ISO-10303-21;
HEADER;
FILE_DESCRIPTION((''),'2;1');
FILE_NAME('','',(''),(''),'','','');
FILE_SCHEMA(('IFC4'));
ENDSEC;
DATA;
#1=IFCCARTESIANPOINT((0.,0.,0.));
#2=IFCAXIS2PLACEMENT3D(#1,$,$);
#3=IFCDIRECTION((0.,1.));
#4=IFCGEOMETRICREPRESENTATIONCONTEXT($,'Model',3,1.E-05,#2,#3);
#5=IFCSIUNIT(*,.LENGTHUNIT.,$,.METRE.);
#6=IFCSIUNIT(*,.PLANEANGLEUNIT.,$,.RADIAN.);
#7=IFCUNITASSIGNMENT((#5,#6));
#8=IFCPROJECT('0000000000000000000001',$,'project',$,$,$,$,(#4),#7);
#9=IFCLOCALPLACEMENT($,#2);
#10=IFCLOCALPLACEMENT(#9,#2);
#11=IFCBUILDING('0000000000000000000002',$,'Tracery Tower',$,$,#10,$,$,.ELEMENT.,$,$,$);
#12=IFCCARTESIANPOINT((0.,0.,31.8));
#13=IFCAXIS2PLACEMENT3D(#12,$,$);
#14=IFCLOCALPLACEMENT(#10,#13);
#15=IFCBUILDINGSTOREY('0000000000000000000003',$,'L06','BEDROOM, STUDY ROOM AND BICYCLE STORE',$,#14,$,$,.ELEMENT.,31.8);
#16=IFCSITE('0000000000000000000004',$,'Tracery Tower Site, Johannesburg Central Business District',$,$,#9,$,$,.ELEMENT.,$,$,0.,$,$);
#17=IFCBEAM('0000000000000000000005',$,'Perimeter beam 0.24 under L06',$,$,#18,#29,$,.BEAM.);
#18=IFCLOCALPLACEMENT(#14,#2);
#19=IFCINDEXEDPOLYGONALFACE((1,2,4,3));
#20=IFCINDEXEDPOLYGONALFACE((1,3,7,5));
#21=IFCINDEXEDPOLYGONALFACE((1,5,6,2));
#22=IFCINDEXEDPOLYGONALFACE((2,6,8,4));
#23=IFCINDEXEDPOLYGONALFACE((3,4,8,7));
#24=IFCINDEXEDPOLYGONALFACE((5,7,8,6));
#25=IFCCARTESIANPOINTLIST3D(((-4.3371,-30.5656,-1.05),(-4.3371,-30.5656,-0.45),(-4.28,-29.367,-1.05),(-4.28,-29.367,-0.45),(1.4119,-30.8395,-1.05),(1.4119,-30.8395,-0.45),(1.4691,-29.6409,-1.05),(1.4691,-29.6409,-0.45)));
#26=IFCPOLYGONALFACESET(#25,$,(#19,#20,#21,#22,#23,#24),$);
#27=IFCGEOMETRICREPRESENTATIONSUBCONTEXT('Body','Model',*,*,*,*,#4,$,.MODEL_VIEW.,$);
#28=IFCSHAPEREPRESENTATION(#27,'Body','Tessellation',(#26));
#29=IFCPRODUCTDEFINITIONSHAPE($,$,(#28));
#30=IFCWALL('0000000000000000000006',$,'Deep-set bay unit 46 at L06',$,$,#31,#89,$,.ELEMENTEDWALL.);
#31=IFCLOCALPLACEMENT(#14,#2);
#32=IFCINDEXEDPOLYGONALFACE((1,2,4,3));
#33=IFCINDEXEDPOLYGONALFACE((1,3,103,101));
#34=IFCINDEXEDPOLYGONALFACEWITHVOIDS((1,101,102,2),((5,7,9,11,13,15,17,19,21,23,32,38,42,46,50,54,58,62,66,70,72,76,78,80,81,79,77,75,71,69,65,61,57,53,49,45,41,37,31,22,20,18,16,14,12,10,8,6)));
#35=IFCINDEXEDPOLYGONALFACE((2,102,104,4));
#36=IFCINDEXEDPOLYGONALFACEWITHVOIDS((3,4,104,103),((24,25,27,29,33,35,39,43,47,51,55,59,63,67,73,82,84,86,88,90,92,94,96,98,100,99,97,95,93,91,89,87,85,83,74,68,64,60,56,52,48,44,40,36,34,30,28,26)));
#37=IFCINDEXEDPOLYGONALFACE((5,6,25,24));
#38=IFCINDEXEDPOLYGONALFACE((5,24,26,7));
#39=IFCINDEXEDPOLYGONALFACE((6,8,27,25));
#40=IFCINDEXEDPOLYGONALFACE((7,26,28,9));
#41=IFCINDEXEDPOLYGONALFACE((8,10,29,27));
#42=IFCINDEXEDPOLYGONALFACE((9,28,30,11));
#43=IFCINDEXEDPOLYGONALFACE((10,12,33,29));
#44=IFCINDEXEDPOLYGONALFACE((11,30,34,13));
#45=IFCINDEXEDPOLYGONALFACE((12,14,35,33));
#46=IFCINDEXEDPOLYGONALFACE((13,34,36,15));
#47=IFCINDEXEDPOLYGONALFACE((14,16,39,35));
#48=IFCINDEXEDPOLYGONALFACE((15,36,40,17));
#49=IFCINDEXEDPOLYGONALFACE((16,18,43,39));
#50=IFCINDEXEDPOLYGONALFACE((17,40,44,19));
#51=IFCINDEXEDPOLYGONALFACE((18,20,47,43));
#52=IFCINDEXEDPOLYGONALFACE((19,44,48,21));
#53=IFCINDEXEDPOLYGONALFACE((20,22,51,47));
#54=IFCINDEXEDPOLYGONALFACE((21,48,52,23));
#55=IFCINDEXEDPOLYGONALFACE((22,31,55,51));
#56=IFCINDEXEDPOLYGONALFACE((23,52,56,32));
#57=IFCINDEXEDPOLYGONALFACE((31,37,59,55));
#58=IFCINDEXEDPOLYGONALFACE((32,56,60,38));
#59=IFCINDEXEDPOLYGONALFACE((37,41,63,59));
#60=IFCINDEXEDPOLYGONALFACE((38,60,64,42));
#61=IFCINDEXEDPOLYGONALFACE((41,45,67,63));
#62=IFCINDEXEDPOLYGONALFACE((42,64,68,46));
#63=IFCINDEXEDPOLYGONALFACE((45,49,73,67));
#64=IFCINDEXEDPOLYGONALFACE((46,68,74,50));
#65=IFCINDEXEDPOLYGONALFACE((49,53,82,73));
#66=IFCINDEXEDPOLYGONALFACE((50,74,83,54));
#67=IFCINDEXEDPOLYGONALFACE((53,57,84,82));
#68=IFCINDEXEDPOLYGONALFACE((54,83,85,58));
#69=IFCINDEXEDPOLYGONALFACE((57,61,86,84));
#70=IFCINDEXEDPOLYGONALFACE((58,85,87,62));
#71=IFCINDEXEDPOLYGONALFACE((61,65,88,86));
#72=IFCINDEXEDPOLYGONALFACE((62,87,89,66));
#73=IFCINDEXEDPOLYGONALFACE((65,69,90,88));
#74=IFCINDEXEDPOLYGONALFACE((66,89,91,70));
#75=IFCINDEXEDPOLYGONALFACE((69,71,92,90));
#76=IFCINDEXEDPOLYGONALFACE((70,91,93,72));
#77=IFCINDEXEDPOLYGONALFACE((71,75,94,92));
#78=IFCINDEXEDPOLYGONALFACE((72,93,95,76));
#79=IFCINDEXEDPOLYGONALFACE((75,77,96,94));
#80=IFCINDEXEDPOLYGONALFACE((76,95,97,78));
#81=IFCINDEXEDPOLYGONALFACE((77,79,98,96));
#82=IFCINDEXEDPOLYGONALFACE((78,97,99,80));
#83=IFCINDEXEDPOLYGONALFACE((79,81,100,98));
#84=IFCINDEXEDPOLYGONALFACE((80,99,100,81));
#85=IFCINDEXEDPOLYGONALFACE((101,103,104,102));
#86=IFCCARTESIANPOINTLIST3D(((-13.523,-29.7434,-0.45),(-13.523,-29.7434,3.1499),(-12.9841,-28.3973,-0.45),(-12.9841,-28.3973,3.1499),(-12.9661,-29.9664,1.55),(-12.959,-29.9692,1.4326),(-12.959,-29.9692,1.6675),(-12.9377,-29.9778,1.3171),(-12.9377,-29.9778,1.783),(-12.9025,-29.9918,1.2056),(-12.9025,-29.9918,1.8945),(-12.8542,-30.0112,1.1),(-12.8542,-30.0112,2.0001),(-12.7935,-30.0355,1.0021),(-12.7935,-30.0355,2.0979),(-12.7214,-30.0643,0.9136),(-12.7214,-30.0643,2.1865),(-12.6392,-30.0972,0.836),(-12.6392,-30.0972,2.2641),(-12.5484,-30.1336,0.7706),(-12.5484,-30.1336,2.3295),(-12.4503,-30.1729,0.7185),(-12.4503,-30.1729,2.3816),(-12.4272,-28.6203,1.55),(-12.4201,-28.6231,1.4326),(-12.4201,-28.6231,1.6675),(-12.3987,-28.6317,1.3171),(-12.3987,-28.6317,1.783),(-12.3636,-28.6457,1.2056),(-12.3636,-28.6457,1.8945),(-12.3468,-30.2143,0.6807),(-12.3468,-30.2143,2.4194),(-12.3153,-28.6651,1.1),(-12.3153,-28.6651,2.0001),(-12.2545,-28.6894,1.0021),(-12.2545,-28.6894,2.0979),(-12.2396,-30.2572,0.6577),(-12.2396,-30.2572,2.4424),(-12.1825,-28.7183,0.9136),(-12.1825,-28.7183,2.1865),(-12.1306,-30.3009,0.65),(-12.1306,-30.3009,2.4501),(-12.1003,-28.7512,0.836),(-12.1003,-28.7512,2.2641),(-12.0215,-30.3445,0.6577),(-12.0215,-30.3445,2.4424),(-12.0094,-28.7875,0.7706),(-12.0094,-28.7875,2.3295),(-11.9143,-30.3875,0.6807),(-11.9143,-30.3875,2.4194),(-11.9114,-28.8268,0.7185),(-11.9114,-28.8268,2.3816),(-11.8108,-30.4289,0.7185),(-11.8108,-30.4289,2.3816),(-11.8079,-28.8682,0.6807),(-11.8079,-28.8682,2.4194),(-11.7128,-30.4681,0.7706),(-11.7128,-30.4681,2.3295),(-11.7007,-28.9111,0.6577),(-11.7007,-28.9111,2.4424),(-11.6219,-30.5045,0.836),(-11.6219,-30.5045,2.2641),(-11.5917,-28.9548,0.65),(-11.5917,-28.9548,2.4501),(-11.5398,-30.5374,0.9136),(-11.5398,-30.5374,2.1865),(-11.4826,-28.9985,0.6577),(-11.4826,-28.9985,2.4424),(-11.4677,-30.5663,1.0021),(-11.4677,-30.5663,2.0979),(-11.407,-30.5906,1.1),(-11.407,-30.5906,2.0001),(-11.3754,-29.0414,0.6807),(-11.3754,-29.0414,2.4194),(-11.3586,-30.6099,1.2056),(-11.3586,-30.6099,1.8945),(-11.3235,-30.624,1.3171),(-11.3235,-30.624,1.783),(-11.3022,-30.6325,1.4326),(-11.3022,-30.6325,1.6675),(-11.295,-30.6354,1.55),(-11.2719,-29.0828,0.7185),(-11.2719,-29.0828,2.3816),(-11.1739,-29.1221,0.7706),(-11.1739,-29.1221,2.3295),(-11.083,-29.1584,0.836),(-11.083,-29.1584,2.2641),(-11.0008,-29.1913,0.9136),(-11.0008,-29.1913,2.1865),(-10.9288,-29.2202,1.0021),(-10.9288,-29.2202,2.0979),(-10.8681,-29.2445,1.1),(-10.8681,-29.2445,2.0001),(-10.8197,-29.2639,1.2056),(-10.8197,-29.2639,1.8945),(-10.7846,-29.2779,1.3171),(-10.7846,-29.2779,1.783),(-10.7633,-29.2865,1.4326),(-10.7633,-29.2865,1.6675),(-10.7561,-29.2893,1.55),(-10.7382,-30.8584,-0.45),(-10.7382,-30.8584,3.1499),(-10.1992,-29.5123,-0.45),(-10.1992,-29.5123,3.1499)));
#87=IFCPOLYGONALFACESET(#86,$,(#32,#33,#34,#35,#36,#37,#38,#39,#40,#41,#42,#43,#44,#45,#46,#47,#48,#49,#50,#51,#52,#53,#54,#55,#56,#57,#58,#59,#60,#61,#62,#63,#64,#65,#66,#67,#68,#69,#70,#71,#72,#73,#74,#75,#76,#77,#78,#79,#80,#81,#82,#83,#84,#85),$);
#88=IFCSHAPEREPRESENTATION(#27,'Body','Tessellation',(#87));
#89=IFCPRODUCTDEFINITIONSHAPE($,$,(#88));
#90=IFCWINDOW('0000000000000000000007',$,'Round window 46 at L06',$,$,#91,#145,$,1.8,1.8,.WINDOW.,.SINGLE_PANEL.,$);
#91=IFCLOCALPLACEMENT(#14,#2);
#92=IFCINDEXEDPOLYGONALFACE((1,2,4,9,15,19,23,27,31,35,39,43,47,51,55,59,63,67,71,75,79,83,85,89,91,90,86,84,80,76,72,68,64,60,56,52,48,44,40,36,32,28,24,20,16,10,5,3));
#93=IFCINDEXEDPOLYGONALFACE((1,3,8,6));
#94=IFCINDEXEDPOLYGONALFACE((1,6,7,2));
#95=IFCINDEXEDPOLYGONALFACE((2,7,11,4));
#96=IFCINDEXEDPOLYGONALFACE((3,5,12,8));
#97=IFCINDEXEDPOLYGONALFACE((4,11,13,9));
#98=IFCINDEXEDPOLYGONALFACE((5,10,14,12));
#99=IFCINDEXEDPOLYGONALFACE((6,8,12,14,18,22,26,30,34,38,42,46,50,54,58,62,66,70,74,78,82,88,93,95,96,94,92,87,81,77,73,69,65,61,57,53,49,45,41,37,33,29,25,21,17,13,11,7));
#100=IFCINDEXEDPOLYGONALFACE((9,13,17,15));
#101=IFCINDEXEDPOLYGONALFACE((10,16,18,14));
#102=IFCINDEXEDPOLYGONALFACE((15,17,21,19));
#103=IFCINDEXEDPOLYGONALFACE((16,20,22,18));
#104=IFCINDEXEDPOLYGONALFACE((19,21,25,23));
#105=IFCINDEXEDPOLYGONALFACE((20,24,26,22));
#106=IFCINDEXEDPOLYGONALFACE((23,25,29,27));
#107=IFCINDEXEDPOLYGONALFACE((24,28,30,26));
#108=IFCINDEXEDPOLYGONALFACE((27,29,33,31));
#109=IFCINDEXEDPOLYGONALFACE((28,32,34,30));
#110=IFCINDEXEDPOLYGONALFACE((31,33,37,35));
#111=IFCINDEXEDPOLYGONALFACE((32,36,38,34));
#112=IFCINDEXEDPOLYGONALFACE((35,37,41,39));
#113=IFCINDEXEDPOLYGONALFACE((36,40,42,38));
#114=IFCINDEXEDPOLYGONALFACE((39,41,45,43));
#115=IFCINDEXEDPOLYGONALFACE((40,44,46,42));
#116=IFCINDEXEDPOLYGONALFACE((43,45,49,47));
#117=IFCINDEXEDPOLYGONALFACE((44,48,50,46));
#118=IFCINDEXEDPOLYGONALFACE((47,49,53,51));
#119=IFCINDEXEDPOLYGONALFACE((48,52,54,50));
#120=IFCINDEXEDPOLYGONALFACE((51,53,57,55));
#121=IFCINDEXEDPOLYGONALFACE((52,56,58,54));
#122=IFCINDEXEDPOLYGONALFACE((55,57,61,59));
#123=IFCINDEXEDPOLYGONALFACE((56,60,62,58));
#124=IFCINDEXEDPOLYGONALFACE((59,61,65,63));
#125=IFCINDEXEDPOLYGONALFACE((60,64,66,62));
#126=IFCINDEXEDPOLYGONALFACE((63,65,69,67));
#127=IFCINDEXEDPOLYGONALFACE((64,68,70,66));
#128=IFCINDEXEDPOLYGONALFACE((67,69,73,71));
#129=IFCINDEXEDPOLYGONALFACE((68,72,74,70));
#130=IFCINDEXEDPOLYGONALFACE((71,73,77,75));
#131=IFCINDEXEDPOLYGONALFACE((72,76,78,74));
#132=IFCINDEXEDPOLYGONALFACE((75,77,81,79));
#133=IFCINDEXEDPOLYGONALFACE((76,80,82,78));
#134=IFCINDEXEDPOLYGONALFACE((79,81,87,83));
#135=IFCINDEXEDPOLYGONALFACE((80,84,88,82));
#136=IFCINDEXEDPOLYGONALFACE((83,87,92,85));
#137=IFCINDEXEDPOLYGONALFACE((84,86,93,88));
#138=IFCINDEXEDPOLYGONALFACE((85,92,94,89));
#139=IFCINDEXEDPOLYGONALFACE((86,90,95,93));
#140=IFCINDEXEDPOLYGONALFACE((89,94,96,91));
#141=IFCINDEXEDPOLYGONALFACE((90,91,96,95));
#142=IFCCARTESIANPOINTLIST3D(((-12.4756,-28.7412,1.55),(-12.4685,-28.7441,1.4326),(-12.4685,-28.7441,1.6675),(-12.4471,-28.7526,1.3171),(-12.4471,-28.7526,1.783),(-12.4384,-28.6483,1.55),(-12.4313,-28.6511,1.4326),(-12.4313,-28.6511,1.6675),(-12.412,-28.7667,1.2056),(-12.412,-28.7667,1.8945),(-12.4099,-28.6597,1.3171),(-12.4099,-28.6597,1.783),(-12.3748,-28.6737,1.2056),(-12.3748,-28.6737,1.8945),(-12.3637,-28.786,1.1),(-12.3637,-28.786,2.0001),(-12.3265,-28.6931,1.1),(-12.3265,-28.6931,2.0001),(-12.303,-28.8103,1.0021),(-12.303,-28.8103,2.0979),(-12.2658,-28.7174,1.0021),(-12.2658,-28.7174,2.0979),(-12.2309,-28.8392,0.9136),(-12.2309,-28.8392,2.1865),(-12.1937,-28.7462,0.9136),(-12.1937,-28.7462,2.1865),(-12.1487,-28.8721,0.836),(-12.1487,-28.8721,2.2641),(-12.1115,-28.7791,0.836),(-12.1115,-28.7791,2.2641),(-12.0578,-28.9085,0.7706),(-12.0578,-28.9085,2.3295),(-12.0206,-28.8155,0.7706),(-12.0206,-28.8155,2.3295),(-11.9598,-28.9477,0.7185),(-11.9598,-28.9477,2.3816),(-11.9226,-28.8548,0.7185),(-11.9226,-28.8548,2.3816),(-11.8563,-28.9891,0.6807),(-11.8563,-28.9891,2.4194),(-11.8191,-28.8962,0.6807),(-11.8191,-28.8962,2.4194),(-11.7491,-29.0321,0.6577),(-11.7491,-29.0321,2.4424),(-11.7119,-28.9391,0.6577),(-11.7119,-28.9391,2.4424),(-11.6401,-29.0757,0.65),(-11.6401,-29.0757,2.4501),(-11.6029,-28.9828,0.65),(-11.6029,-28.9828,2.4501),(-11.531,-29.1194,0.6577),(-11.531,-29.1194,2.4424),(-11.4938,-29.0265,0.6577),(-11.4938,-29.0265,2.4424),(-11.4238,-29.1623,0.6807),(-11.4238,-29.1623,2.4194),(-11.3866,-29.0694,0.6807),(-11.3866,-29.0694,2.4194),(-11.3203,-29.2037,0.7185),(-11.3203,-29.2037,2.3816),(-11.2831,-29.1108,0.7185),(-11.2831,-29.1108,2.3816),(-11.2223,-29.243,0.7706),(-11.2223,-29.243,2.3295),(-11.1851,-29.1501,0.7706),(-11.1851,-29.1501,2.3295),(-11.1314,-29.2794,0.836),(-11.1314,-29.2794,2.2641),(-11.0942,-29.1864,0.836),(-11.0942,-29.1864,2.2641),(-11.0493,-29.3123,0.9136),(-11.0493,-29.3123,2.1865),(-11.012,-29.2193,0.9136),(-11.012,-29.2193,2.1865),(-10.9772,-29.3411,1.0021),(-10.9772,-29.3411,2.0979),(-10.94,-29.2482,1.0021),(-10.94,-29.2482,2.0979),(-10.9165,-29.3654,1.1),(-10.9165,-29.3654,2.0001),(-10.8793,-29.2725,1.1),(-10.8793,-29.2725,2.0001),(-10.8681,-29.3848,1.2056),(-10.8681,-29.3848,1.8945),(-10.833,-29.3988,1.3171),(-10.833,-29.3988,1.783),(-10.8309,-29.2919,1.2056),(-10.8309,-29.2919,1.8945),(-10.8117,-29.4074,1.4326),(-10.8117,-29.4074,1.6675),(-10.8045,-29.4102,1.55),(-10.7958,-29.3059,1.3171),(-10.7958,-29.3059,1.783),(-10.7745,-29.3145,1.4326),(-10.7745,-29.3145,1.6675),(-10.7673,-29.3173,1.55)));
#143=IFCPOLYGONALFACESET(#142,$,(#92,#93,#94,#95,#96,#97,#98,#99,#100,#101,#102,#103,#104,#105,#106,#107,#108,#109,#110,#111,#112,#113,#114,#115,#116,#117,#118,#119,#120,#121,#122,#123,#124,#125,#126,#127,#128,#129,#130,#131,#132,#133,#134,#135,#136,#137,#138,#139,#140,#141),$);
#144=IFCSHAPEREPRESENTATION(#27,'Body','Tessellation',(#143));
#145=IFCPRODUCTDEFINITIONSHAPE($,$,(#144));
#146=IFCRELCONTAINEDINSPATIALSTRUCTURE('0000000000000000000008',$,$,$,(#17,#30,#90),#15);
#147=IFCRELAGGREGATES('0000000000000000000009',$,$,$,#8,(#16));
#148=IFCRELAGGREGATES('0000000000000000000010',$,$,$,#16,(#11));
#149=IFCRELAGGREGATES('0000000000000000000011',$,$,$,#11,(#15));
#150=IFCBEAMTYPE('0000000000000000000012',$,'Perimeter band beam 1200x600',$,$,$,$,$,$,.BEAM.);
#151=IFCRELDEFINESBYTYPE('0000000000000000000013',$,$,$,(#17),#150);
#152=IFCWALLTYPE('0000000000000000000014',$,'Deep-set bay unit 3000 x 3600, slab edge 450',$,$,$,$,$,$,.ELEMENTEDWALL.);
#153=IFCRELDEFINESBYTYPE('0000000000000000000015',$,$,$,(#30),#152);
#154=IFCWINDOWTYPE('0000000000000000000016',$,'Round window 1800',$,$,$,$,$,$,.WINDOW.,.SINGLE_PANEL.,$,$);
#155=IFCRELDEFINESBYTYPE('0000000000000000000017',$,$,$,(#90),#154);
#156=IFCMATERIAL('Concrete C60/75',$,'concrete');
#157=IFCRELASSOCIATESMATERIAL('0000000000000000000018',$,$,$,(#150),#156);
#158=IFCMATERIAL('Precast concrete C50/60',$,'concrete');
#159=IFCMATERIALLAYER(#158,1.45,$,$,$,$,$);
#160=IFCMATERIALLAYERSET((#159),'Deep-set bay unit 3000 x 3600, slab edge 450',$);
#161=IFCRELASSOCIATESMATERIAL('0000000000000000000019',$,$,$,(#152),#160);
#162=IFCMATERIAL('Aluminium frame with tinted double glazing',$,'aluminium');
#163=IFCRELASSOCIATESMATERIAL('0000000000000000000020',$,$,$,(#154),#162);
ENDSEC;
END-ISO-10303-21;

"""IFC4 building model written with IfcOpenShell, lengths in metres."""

from ifc_helpers import new_model, si_unit, direction, frame, frame_2d, origin, origin_2d, place, context, subcontext, project, spatial, rectangle, circle, extrude, material, layer, layer_set, material_profile, profile_set, type_object, element, fill, save


model = new_model("IFC4")

# Units and contexts
model_context = context("Model", 3, precision=1e-05, world=origin(), true_north=direction((0.0, 1.0)))
body_context = subcontext(model_context, "Body", "Model", "MODEL_VIEW")
ifc_project = project(units=[si_unit("LENGTHUNIT", "METRE"), si_unit("PLANEANGLEUNIT", "RADIAN")], contexts=[model_context])

# Site, building, storey
site_placement = place(None, origin())
site = spatial("IfcSite", under=ifc_project, at=site_placement, Name="Tracery Tower Site, Johannesburg Central Business District", CompositionType="ELEMENT", RefElevation=0.0)
building_placement = place(site_placement, origin())
building = spatial("IfcBuilding", under=site, at=building_placement, Name="Tracery Tower", CompositionType="ELEMENT")
storey_placement = place(building_placement, frame((0.0, 0.0, 31.8)))
storey = spatial("IfcBuildingStorey", under=building, at=storey_placement, Name="L06", Description="BEDROOM, STUDY ROOM AND BICYCLE STORE", CompositionType="ELEMENT", Elevation=31.8)

# Beam
ifc_material_1 = material(Name="Concrete C60/75", Category="concrete")
ifc_material_profile_1 = material_profile(ifc_material_1, rectangle(XDim=1.2, YDim=0.6001, at=origin_2d()), Name="RC 1200x600")
ifc_profile_set_1 = profile_set([ifc_material_profile_1], Name="Concrete C60/75")
beam_type = type_object("IfcBeamType", Name="Perimeter band beam 1200x600", PredefinedType="BEAM", material=ifc_profile_set_1)
beam_1_placement = place(storey_placement, frame((-4.3086, -29.9663, -0.75), z_axis=(0.998867, -0.047593, 0.0), x_axis=(0.047593, 0.998867, 0.0)))
element("IfcBeam", 1, at=beam_1_placement, inside=storey, type_object=beam_type, Name="Perimeter beam 0.24 under L06", PredefinedType="BEAM", context=body_context, shape_type="SweptSolid", body=[
    extrude(rectangle(XDim=1.2, YDim=0.6001, at=origin_2d()), origin(), (0.0, 0.0, 1.0), 5.7556),
])

# Wall, opening, window
ifc_material_2 = material(Name="Precast concrete C50/60", Category="concrete")
ifc_layer_1 = layer(ifc_material_2, 1.45)
ifc_layer_set_1 = layer_set([ifc_layer_1], Name="Deep-set bay unit 3000 x 3600, slab edge 450")
wall_type_1 = type_object("IfcWallType", Name="Deep-set bay unit 3000 x 3600, slab edge 450", PredefinedType="ELEMENTEDWALL", material=ifc_layer_set_1)
wall_1_placement = place(storey_placement, frame((-13.2537, -29.0703, -0.45), z_axis=(0.0, 0.0, 1.0), x_axis=(0.928359, -0.371685, 0.0)))
wall_1 = element("IfcWall", 2, at=wall_1_placement, inside=storey, type_object=wall_type_1, Name="Deep-set bay unit 46 at L06", PredefinedType="ELEMENTEDWALL", context=body_context, shape_type="SweptSolid", body=[
    extrude(rectangle(XDim=2.9998, YDim=1.45, at=frame_2d((1.5, 0.0))), origin(), (0.0, 0.0, 1.0), 3.5999),
])
opening_1_placement = place(wall_1_placement, frame((1.5, 0.0, 2.0)))
opening_1 = element("IfcOpeningElement", 3, at=opening_1_placement, cuts=wall_1, PredefinedType="OPENING", context=body_context, shape_type="SweptSolid", body=[
    extrude(circle(Radius=0.9, at=origin_2d()), frame((0.0, 0.7349, 0.0), z_axis=(0.0, -1.0, 0.0), x_axis=(1.0, 0.0, 0.0)), (0.0, 0.0, 1.0), 1.47),
])
ifc_material_3 = material(Name="Aluminium frame with tinted double glazing", Category="aluminium")
window_type = type_object("IfcWindowType", Name="Round window 1800", PartitioningType="SINGLE_PANEL", PredefinedType="WINDOW", material=ifc_material_3)
window_1_placement = place(opening_1_placement, origin())
window_1 = element("IfcWindow", 4, at=window_1_placement, inside=storey, type_object=window_type, Name="Round window 46 at L06", OverallHeight=1.8, OverallWidth=1.8, PartitioningType="SINGLE_PANEL", PredefinedType="WINDOW", context=body_context, shape_type="SweptSolid", body=[
    extrude(circle(Radius=0.9, at=origin_2d()), frame((0.0, 0.6948, 0.0), z_axis=(0.0, -1.0, 0.0), x_axis=(1.0, 0.0, 0.0)), (0.0, 0.0, 1.0), 0.1001),
])
fill(opening_1, window_1)

save(model, "model.ifc")
